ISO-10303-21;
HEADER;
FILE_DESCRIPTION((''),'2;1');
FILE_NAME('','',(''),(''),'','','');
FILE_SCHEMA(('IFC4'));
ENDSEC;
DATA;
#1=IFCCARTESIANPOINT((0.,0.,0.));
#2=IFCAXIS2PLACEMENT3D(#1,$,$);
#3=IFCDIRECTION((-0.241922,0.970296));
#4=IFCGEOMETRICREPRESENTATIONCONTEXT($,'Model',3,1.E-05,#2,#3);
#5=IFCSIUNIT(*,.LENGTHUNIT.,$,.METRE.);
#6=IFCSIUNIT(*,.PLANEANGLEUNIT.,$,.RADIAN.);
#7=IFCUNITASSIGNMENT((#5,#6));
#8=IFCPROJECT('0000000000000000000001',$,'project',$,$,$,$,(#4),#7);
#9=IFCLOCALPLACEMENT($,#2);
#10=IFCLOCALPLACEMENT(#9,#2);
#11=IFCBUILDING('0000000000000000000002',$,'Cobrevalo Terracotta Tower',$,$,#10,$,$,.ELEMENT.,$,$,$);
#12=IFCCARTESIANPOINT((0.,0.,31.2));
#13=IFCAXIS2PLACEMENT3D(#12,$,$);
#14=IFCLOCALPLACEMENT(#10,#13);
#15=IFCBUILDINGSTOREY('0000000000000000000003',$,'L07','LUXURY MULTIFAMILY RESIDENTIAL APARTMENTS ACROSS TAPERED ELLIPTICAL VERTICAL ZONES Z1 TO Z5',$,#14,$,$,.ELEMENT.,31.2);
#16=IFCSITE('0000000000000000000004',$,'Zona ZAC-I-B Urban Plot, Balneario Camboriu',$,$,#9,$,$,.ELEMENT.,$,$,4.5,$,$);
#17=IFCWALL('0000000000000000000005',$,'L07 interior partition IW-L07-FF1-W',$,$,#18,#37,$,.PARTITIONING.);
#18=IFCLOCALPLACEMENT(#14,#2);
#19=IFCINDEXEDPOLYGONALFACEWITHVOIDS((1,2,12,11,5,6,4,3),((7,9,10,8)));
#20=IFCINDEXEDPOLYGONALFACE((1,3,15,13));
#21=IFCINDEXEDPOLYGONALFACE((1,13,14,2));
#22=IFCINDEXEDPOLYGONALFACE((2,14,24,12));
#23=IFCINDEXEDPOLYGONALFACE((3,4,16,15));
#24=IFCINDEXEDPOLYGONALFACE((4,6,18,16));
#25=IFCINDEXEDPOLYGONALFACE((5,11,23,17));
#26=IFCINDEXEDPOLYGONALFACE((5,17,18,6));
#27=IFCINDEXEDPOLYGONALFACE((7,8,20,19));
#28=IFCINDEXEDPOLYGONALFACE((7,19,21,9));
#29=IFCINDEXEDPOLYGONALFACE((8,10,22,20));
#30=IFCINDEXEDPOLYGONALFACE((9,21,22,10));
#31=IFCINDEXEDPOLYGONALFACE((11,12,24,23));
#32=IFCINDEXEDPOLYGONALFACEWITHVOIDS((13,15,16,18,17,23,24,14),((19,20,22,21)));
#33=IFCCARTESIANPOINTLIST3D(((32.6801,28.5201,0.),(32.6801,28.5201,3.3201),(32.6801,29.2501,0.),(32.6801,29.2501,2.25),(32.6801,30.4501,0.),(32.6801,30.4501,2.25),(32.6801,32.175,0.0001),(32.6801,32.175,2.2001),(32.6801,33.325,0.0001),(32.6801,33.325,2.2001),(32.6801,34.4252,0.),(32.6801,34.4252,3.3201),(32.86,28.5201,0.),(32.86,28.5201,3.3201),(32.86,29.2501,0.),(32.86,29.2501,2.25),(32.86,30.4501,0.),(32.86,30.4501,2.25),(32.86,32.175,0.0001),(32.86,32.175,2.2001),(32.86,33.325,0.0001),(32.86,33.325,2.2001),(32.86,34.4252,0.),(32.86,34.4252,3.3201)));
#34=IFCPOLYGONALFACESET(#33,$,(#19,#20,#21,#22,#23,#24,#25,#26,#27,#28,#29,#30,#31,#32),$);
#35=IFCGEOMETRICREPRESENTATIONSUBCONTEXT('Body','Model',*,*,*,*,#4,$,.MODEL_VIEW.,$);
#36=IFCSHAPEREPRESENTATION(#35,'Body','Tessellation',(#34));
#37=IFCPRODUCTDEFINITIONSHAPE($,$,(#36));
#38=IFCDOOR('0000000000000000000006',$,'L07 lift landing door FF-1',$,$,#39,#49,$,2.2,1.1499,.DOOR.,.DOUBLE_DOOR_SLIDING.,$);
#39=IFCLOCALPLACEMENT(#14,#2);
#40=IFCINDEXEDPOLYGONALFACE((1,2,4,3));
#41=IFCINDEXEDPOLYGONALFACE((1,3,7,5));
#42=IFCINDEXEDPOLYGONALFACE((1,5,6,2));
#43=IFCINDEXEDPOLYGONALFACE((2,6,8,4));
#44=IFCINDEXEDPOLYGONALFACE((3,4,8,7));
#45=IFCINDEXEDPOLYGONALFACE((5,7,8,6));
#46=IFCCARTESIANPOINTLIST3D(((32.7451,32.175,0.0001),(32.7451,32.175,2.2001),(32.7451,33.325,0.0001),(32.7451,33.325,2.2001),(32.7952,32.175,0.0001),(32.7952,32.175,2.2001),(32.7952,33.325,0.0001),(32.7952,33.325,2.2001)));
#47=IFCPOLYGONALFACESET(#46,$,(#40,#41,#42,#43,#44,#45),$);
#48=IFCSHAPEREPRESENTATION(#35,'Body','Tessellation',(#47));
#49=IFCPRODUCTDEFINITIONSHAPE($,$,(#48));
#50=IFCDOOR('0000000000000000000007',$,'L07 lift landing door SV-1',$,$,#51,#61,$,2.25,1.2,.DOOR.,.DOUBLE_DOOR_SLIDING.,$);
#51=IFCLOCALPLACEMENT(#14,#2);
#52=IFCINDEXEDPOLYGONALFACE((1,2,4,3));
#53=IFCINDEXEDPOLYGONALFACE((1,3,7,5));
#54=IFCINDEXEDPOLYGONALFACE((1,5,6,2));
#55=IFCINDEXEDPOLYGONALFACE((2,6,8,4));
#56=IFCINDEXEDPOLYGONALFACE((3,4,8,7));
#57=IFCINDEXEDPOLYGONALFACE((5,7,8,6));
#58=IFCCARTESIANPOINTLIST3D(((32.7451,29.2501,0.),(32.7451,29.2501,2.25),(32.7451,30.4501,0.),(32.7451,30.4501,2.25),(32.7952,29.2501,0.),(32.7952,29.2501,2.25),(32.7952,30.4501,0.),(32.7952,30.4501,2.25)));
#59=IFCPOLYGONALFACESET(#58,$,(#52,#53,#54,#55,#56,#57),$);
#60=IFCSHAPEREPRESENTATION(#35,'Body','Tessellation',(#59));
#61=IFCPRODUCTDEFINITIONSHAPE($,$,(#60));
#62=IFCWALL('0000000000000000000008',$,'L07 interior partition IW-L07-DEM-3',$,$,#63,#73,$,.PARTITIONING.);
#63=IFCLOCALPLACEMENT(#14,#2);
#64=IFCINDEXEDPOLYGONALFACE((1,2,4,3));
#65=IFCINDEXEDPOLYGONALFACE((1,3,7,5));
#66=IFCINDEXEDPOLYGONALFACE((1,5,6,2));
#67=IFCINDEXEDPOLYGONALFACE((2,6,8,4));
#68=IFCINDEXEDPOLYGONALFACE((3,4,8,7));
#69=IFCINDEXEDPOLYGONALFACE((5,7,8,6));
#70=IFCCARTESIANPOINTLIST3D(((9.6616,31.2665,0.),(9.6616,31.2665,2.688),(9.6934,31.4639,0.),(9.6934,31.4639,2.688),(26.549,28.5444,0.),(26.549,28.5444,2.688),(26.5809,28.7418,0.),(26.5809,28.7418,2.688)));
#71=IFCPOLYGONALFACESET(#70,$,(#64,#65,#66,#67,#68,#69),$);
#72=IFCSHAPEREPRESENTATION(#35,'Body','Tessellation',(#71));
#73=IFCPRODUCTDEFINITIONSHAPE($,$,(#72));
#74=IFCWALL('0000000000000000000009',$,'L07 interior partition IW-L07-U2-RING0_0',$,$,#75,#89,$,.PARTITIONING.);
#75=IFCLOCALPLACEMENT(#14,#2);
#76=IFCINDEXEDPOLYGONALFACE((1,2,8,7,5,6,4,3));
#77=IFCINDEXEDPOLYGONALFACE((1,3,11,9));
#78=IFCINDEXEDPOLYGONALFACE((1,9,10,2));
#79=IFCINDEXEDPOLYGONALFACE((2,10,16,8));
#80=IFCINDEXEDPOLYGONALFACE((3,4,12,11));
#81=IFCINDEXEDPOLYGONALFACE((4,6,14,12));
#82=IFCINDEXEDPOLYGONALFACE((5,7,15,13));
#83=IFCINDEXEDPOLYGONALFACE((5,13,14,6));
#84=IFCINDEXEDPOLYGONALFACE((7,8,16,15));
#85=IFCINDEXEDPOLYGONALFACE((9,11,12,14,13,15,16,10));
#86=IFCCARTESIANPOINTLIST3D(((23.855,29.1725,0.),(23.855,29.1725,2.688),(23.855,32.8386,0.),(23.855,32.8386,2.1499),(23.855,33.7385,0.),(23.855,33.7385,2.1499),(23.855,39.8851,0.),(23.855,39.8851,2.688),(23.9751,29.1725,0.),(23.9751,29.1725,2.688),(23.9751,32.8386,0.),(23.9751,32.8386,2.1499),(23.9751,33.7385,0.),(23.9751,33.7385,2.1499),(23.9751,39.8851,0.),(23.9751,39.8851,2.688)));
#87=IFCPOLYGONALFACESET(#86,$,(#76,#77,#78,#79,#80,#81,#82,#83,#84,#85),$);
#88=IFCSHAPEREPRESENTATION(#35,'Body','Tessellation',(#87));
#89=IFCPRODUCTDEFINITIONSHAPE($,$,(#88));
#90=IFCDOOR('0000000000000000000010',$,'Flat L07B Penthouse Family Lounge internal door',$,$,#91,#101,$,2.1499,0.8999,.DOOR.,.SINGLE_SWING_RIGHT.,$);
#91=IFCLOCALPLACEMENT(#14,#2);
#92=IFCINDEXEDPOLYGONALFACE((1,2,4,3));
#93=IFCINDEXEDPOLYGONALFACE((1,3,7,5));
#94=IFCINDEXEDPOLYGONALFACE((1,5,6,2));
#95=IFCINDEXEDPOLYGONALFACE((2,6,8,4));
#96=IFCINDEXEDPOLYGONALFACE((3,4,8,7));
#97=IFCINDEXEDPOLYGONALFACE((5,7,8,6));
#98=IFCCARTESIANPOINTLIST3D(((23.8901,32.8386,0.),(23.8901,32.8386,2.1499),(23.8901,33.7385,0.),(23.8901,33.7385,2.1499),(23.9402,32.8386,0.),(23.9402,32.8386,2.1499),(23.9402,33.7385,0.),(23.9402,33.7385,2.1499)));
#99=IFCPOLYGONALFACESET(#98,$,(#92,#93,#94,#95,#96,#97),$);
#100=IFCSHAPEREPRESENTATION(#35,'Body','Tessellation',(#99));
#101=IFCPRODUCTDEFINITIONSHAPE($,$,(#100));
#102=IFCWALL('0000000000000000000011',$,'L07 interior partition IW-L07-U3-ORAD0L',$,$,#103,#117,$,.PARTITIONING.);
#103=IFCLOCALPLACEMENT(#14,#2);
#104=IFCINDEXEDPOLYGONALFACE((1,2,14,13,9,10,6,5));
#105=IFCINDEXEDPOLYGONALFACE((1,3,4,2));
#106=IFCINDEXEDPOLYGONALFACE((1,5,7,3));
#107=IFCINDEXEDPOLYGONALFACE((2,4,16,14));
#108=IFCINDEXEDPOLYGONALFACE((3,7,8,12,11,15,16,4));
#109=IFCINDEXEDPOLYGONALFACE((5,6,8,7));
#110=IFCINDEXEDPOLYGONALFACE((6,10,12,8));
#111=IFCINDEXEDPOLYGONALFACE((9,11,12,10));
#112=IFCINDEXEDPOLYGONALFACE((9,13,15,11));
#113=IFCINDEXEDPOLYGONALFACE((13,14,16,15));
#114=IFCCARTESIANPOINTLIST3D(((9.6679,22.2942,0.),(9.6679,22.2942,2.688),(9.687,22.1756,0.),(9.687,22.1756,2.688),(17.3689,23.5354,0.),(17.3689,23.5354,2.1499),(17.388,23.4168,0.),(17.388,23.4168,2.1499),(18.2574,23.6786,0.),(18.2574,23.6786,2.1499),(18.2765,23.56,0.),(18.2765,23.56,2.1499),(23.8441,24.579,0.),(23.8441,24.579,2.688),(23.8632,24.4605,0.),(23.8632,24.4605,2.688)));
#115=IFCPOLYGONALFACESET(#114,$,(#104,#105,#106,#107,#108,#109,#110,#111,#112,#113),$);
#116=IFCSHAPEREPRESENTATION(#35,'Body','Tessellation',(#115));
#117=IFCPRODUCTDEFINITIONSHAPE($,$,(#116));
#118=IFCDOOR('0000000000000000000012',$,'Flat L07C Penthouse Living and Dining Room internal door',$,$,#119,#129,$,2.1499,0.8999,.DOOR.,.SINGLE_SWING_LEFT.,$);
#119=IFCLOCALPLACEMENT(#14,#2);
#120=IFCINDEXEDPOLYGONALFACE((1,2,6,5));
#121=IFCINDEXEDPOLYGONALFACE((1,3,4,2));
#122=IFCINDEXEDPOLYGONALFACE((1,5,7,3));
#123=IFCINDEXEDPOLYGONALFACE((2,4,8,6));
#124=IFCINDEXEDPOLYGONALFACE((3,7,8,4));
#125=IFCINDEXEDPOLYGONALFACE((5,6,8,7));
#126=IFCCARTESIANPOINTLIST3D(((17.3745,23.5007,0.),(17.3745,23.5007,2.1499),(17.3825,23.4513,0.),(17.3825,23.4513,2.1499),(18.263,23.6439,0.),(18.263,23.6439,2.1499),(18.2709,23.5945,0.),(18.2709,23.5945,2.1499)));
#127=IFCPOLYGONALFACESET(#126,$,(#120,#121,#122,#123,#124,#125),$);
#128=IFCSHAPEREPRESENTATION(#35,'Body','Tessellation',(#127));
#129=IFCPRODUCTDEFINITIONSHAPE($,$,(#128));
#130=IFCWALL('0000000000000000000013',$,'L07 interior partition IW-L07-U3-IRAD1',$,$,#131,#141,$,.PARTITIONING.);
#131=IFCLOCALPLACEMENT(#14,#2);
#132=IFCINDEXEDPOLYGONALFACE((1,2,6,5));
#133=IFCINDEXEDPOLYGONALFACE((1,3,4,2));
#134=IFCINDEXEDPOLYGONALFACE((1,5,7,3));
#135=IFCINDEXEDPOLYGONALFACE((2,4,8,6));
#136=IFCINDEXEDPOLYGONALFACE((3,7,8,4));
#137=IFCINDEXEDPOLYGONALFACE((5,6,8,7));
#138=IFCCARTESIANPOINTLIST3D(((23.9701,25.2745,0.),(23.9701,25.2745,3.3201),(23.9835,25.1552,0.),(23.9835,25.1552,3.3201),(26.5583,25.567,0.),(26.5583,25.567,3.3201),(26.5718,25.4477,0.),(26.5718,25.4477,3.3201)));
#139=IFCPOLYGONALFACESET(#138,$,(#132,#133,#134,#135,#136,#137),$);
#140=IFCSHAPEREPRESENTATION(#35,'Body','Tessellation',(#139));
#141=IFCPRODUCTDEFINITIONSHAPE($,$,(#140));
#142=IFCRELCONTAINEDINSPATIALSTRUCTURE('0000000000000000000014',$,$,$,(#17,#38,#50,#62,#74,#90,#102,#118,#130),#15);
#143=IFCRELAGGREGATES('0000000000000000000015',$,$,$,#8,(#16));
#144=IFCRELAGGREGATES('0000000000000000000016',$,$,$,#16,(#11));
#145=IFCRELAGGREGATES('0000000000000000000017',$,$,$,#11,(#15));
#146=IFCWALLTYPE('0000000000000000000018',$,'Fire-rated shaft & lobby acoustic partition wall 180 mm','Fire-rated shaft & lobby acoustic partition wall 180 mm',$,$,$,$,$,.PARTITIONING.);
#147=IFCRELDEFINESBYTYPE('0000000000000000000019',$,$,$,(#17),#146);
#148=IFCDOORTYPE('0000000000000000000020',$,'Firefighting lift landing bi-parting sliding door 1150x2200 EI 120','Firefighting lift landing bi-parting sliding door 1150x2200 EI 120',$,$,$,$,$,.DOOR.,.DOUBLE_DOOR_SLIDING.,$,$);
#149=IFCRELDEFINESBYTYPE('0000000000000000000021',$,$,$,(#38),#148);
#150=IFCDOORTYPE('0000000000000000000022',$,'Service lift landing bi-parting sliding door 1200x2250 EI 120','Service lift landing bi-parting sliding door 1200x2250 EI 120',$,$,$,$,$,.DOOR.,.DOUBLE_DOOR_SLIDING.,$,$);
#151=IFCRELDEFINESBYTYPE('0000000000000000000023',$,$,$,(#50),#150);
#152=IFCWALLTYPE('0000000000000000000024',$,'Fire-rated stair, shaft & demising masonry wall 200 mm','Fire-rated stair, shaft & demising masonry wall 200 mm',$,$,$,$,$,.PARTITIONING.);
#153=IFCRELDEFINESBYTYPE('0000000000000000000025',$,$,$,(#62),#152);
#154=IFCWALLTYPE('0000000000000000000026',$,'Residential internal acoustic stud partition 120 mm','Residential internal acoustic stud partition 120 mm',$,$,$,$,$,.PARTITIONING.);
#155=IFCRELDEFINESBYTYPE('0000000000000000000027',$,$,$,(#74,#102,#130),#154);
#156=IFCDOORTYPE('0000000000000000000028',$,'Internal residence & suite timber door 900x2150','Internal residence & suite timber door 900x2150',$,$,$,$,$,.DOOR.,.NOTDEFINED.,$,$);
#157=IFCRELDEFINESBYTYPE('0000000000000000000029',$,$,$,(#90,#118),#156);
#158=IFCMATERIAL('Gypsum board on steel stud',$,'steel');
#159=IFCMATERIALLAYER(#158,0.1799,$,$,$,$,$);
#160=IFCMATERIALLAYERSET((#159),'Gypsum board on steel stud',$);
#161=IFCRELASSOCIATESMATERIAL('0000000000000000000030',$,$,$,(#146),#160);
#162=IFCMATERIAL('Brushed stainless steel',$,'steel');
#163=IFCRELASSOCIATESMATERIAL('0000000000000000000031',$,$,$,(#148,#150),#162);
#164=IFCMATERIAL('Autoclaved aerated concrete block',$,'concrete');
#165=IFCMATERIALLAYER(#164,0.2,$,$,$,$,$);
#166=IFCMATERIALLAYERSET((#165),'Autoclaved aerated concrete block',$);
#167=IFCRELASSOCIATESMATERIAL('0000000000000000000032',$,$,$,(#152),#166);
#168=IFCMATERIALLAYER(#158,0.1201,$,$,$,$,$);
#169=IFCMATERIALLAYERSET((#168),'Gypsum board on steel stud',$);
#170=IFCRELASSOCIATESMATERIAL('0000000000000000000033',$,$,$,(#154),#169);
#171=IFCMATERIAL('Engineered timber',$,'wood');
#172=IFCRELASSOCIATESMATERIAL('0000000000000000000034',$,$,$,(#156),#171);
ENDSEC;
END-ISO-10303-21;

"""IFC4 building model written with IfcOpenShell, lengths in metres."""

from ifc_helpers import new_model, si_unit, direction, frame, frame_2d, origin, place, context, subcontext, project, spatial, rectangle, extrude, source, transform, mapped, material, layer, layer_set, type_object, element, fill, save


model = new_model("IFC4")

# Units and contexts
model_context = context("Model", 3, precision=1e-05, world=origin(), true_north=direction((-0.241922, 0.970296)))
body_context = subcontext(model_context, "Body", "Model", "MODEL_VIEW")
ifc_project = project(units=[si_unit("LENGTHUNIT", "METRE"), si_unit("PLANEANGLEUNIT", "RADIAN")], contexts=[model_context])

# Site, building, storey
site_placement = place(None, origin())
site = spatial("IfcSite", under=ifc_project, at=site_placement, Name="Zona ZAC-I-B Urban Plot, Balneario Camboriu", CompositionType="ELEMENT", RefElevation=4.5)
building_placement = place(site_placement, origin())
building = spatial("IfcBuilding", under=site, at=building_placement, Name="Cobrevalo Terracotta Tower", CompositionType="ELEMENT")
storey_placement = place(building_placement, frame((0.0, 0.0, 31.2)))
storey = spatial("IfcBuildingStorey", under=building, at=storey_placement, Name="L07", Description="LUXURY MULTIFAMILY RESIDENTIAL APARTMENTS ACROSS TAPERED ELLIPTICAL VERTICAL ZONES Z1 TO Z5", CompositionType="ELEMENT", Elevation=31.2)

# Shared definitions
ifc_material_1 = material(Name="Gypsum board on steel stud", Category="steel")

# Shared definitions
ifc_layer_1 = layer(ifc_material_1, 0.1799)
ifc_layer_set_1 = layer_set([ifc_layer_1], Name="Gypsum board on steel stud")
wall_type_1 = type_object("IfcWallType", Name="Fire-rated shaft & lobby acoustic partition wall 180 mm", Description="Fire-rated shaft & lobby acoustic partition wall 180 mm", PredefinedType="PARTITIONING", material=ifc_layer_set_1)

# Wall, openings, doors
wall_1_placement = place(storey_placement, frame((32.77, 28.52, 0.0), z_axis=(0.0, 0.0, 1.0), x_axis=(0.0, 1.0, 0.0)))
wall_1 = element("IfcWall", 1, at=wall_1_placement, inside=storey, type_object=wall_type_1, Name="L07 interior partition IW-L07-FF1-W", PredefinedType="PARTITIONING", context=body_context, shape_type="SweptSolid", body=[
    extrude(rectangle(XDim=5.905, YDim=0.1799, at=frame_2d((2.9526, 0.0))), origin(), (0.0, 0.0, 1.0), 3.3201),
])
opening_1_placement = place(wall_1_placement, frame((3.655, 0.0, 0.0)))
opening_1 = element("IfcOpeningElement", 2, at=opening_1_placement, cuts=wall_1, PredefinedType="OPENING", context=body_context, shape_type="SweptSolid", body=[
    extrude(rectangle(XDim=1.1499, YDim=2.2, at=frame_2d((0.575, 1.1001))), frame((0.0, 0.1001, 0.0), z_axis=(0.0, -1.0, 0.0), x_axis=(1.0, 0.0, 0.0)), (0.0, 0.0, 1.0), 0.2),
])
opening_2_placement = place(wall_1_placement, frame((0.73, 0.0, 0.0)))
opening_2 = element("IfcOpeningElement", 3, at=opening_2_placement, cuts=wall_1, PredefinedType="OPENING", context=body_context, shape_type="SweptSolid", body=[
    extrude(rectangle(XDim=1.2, YDim=2.25, at=frame_2d((0.6001, 1.125))), frame((0.0, 0.1001, 0.0), z_axis=(0.0, -1.0, 0.0), x_axis=(1.0, 0.0, 0.0)), (0.0, 0.0, 1.0), 0.2),
])
ifc_material_2 = material(Name="Brushed stainless steel", Category="steel")
door_type_1 = type_object("IfcDoorType", Name="Firefighting lift landing bi-parting sliding door 1150x2200 EI 120", Description="Firefighting lift landing bi-parting sliding door 1150x2200 EI 120", OperationType="DOUBLE_DOOR_SLIDING", PredefinedType="DOOR", material=ifc_material_2)
shared_shape_1 = source(origin(), body_context, "Body", "SweptSolid", [
    extrude(rectangle(XDim=1.1499, YDim=2.2, at=frame_2d((0.575, 1.1001))), frame((0.0, 0.0249, 0.0), z_axis=(0.0, -1.0, 0.0), x_axis=(1.0, 0.0, 0.0)), (0.0, 0.0, 1.0), 0.05),
])
door_1_placement = place(opening_1_placement, origin())
door_1 = element("IfcDoor", 4, at=door_1_placement, inside=storey, type_object=door_type_1, Name="L07 lift landing door FF-1", OperationType="DOUBLE_DOOR_SLIDING", OverallHeight=2.2, OverallWidth=1.1499, PredefinedType="DOOR", context=body_context, shape_type="MappedRepresentation", body=[
    mapped(shared_shape_1, transform((0.0, 0.0, 0.0), scale=1.0)),
])
fill(opening_1, door_1)
door_type_2 = type_object("IfcDoorType", Name="Service lift landing bi-parting sliding door 1200x2250 EI 120", Description="Service lift landing bi-parting sliding door 1200x2250 EI 120", OperationType="DOUBLE_DOOR_SLIDING", PredefinedType="DOOR", material=ifc_material_2)
shared_shape_2 = source(origin(), body_context, "Body", "SweptSolid", [
    extrude(rectangle(XDim=1.2, YDim=2.25, at=frame_2d((0.6001, 1.125))), frame((0.0, 0.0249, 0.0), z_axis=(0.0, -1.0, 0.0), x_axis=(1.0, 0.0, 0.0)), (0.0, 0.0, 1.0), 0.05),
])
door_2_placement = place(opening_2_placement, origin())
door_2 = element("IfcDoor", 5, at=door_2_placement, inside=storey, type_object=door_type_2, Name="L07 lift landing door SV-1", OperationType="DOUBLE_DOOR_SLIDING", OverallHeight=2.25, OverallWidth=1.2, PredefinedType="DOOR", context=body_context, shape_type="MappedRepresentation", body=[
    mapped(shared_shape_2, transform((0.0, 0.0, 0.0), scale=1.0)),
])
fill(opening_2, door_2)

# Wall
ifc_material_3 = material(Name="Autoclaved aerated concrete block", Category="concrete")
ifc_layer_2 = layer(ifc_material_3, 0.2)
ifc_layer_set_2 = layer_set([ifc_layer_2], Name="Autoclaved aerated concrete block")
wall_type_2 = type_object("IfcWallType", Name="Fire-rated stair, shaft & demising masonry wall 200 mm", Description="Fire-rated stair, shaft & demising masonry wall 200 mm", PredefinedType="PARTITIONING", material=ifc_layer_set_2)
wall_2_placement = place(storey_placement, frame((26.5649, 28.6431, 0.0), z_axis=(0.0, 0.0, 1.0), x_axis=(-0.987256, 0.15914, 0.0)))
element("IfcWall", 6, at=wall_2_placement, inside=storey, type_object=wall_type_2, Name="L07 interior partition IW-L07-DEM-3", PredefinedType="PARTITIONING", context=body_context, shape_type="SweptSolid", body=[
    extrude(rectangle(XDim=17.1055, YDim=0.2, at=frame_2d((8.5527, 0.0))), origin(), (0.0, 0.0, 1.0), 2.688),
])

# Walls, openings, doors
ifc_layer_3 = layer(ifc_material_1, 0.1201)
ifc_layer_set_3 = layer_set([ifc_layer_3], Name="Gypsum board on steel stud")
wall_type_3 = type_object("IfcWallType", Name="Residential internal acoustic stud partition 120 mm", Description="Residential internal acoustic stud partition 120 mm", PredefinedType="PARTITIONING", material=ifc_layer_set_3)
wall_3_placement = place(storey_placement, frame((23.915, 29.1724, 0.0), z_axis=(0.0, 0.0, 1.0), x_axis=(0.0, 1.0, 0.0)))
wall_3 = element("IfcWall", 7, at=wall_3_placement, inside=storey, type_object=wall_type_3, Name="L07 interior partition IW-L07-U2-RING0_0", PredefinedType="PARTITIONING", context=body_context, shape_type="SweptSolid", body=[
    extrude(rectangle(XDim=10.7126, YDim=0.1201, at=frame_2d((5.3564, 0.0))), origin(), (0.0, 0.0, 1.0), 2.688),
])
opening_3_placement = place(wall_3_placement, frame((3.6663, 0.0, 0.0)))
opening_3 = element("IfcOpeningElement", 8, at=opening_3_placement, cuts=wall_3, PredefinedType="OPENING", context=body_context, shape_type="SweptSolid", body=[
    extrude(rectangle(XDim=0.8999, YDim=2.1499, at=frame_2d((0.45, 1.075))), frame((0.0, 0.0701, 0.0), z_axis=(0.0, -1.0, 0.0), x_axis=(1.0, 0.0, 0.0)), (0.0, 0.0, 1.0), 0.1401),
])
ifc_material_4 = material(Name="Engineered timber", Category="wood")
door_type_3 = type_object("IfcDoorType", Name="Internal residence & suite timber door 900x2150", Description="Internal residence & suite timber door 900x2150", OperationType="NOTDEFINED", PredefinedType="DOOR", material=ifc_material_4)
shared_shape_3 = source(origin(), body_context, "Body", "SweptSolid", [
    extrude(rectangle(XDim=0.8999, YDim=2.1499, at=frame_2d((0.45, 1.075))), frame((0.0, 0.0249, 0.0), z_axis=(0.0, -1.0, 0.0), x_axis=(1.0, 0.0, 0.0)), (0.0, 0.0, 1.0), 0.05),
])
door_3_placement = place(opening_3_placement, origin())
door_3 = element("IfcDoor", 9, at=door_3_placement, inside=storey, type_object=door_type_3, Name="Flat L07B Penthouse Family Lounge internal door", OperationType="SINGLE_SWING_RIGHT", OverallHeight=2.1499, OverallWidth=0.8999, PredefinedType="DOOR", context=body_context, shape_type="MappedRepresentation", body=[
    mapped(shared_shape_3, transform((0.0, 0.0, 0.0), scale=1.0)),
])
fill(opening_3, door_3)
wall_4_placement = place(storey_placement, frame((23.8538, 24.5198, 0.0), z_axis=(0.0, 0.0, 1.0), x_axis=(-0.987258, -0.159125, 0.0)))
wall_4 = element("IfcWall", 10, at=wall_4_placement, inside=storey, type_object=wall_type_3, Name="L07 interior partition IW-L07-U3-ORAD0L", PredefinedType="PARTITIONING", context=body_context, shape_type="SweptSolid", body=[
    extrude(rectangle(XDim=14.3591, YDim=0.1201, at=frame_2d((7.1797, 0.0))), origin(), (0.0, 0.0, 1.0), 2.688),
])
opening_4_placement = place(wall_4_placement, frame((5.6589, 0.0, 0.0)))
opening_4 = element("IfcOpeningElement", 11, at=opening_4_placement, cuts=wall_4, PredefinedType="OPENING", context=body_context, shape_type="SweptSolid", body=[
    extrude(rectangle(XDim=0.8999, YDim=2.1499, at=frame_2d((0.45, 1.075))), frame((0.0, 0.0701, 0.0), z_axis=(0.0, -1.0, 0.0), x_axis=(1.0, 0.0, 0.0)), (0.0, 0.0, 1.0), 0.1401),
])
door_4_placement = place(opening_4_placement, frame((0.8999, 0.0, 0.0), z_axis=(0.0, 0.0, 1.0), x_axis=(-1.0, 0.0, 0.0)))
door_4 = element("IfcDoor", 12, at=door_4_placement, inside=storey, type_object=door_type_3, Name="Flat L07C Penthouse Living and Dining Room internal door", OperationType="SINGLE_SWING_LEFT", OverallHeight=2.1499, OverallWidth=0.8999, PredefinedType="DOOR", context=body_context, shape_type="MappedRepresentation", body=[
    mapped(shared_shape_3, transform((0.0, 0.0, 0.0), scale=1.0)),
])
fill(opening_4, door_4)

# Wall
wall_5_placement = place(storey_placement, frame((26.5649, 25.5073, 0.0), z_axis=(0.0, 0.0, 1.0), x_axis=(-0.993676, -0.112283, 0.0)))
element("IfcWall", 13, at=wall_5_placement, inside=storey, type_object=wall_type_3, Name="L07 interior partition IW-L07-U3-IRAD1", PredefinedType="PARTITIONING", context=body_context, shape_type="SweptSolid", body=[
    extrude(rectangle(XDim=2.6047, YDim=0.1201, at=frame_2d((1.3022, 0.0))), origin(), (0.0, 0.0, 1.0), 3.3201),
])

save(model, "model.ifc")
